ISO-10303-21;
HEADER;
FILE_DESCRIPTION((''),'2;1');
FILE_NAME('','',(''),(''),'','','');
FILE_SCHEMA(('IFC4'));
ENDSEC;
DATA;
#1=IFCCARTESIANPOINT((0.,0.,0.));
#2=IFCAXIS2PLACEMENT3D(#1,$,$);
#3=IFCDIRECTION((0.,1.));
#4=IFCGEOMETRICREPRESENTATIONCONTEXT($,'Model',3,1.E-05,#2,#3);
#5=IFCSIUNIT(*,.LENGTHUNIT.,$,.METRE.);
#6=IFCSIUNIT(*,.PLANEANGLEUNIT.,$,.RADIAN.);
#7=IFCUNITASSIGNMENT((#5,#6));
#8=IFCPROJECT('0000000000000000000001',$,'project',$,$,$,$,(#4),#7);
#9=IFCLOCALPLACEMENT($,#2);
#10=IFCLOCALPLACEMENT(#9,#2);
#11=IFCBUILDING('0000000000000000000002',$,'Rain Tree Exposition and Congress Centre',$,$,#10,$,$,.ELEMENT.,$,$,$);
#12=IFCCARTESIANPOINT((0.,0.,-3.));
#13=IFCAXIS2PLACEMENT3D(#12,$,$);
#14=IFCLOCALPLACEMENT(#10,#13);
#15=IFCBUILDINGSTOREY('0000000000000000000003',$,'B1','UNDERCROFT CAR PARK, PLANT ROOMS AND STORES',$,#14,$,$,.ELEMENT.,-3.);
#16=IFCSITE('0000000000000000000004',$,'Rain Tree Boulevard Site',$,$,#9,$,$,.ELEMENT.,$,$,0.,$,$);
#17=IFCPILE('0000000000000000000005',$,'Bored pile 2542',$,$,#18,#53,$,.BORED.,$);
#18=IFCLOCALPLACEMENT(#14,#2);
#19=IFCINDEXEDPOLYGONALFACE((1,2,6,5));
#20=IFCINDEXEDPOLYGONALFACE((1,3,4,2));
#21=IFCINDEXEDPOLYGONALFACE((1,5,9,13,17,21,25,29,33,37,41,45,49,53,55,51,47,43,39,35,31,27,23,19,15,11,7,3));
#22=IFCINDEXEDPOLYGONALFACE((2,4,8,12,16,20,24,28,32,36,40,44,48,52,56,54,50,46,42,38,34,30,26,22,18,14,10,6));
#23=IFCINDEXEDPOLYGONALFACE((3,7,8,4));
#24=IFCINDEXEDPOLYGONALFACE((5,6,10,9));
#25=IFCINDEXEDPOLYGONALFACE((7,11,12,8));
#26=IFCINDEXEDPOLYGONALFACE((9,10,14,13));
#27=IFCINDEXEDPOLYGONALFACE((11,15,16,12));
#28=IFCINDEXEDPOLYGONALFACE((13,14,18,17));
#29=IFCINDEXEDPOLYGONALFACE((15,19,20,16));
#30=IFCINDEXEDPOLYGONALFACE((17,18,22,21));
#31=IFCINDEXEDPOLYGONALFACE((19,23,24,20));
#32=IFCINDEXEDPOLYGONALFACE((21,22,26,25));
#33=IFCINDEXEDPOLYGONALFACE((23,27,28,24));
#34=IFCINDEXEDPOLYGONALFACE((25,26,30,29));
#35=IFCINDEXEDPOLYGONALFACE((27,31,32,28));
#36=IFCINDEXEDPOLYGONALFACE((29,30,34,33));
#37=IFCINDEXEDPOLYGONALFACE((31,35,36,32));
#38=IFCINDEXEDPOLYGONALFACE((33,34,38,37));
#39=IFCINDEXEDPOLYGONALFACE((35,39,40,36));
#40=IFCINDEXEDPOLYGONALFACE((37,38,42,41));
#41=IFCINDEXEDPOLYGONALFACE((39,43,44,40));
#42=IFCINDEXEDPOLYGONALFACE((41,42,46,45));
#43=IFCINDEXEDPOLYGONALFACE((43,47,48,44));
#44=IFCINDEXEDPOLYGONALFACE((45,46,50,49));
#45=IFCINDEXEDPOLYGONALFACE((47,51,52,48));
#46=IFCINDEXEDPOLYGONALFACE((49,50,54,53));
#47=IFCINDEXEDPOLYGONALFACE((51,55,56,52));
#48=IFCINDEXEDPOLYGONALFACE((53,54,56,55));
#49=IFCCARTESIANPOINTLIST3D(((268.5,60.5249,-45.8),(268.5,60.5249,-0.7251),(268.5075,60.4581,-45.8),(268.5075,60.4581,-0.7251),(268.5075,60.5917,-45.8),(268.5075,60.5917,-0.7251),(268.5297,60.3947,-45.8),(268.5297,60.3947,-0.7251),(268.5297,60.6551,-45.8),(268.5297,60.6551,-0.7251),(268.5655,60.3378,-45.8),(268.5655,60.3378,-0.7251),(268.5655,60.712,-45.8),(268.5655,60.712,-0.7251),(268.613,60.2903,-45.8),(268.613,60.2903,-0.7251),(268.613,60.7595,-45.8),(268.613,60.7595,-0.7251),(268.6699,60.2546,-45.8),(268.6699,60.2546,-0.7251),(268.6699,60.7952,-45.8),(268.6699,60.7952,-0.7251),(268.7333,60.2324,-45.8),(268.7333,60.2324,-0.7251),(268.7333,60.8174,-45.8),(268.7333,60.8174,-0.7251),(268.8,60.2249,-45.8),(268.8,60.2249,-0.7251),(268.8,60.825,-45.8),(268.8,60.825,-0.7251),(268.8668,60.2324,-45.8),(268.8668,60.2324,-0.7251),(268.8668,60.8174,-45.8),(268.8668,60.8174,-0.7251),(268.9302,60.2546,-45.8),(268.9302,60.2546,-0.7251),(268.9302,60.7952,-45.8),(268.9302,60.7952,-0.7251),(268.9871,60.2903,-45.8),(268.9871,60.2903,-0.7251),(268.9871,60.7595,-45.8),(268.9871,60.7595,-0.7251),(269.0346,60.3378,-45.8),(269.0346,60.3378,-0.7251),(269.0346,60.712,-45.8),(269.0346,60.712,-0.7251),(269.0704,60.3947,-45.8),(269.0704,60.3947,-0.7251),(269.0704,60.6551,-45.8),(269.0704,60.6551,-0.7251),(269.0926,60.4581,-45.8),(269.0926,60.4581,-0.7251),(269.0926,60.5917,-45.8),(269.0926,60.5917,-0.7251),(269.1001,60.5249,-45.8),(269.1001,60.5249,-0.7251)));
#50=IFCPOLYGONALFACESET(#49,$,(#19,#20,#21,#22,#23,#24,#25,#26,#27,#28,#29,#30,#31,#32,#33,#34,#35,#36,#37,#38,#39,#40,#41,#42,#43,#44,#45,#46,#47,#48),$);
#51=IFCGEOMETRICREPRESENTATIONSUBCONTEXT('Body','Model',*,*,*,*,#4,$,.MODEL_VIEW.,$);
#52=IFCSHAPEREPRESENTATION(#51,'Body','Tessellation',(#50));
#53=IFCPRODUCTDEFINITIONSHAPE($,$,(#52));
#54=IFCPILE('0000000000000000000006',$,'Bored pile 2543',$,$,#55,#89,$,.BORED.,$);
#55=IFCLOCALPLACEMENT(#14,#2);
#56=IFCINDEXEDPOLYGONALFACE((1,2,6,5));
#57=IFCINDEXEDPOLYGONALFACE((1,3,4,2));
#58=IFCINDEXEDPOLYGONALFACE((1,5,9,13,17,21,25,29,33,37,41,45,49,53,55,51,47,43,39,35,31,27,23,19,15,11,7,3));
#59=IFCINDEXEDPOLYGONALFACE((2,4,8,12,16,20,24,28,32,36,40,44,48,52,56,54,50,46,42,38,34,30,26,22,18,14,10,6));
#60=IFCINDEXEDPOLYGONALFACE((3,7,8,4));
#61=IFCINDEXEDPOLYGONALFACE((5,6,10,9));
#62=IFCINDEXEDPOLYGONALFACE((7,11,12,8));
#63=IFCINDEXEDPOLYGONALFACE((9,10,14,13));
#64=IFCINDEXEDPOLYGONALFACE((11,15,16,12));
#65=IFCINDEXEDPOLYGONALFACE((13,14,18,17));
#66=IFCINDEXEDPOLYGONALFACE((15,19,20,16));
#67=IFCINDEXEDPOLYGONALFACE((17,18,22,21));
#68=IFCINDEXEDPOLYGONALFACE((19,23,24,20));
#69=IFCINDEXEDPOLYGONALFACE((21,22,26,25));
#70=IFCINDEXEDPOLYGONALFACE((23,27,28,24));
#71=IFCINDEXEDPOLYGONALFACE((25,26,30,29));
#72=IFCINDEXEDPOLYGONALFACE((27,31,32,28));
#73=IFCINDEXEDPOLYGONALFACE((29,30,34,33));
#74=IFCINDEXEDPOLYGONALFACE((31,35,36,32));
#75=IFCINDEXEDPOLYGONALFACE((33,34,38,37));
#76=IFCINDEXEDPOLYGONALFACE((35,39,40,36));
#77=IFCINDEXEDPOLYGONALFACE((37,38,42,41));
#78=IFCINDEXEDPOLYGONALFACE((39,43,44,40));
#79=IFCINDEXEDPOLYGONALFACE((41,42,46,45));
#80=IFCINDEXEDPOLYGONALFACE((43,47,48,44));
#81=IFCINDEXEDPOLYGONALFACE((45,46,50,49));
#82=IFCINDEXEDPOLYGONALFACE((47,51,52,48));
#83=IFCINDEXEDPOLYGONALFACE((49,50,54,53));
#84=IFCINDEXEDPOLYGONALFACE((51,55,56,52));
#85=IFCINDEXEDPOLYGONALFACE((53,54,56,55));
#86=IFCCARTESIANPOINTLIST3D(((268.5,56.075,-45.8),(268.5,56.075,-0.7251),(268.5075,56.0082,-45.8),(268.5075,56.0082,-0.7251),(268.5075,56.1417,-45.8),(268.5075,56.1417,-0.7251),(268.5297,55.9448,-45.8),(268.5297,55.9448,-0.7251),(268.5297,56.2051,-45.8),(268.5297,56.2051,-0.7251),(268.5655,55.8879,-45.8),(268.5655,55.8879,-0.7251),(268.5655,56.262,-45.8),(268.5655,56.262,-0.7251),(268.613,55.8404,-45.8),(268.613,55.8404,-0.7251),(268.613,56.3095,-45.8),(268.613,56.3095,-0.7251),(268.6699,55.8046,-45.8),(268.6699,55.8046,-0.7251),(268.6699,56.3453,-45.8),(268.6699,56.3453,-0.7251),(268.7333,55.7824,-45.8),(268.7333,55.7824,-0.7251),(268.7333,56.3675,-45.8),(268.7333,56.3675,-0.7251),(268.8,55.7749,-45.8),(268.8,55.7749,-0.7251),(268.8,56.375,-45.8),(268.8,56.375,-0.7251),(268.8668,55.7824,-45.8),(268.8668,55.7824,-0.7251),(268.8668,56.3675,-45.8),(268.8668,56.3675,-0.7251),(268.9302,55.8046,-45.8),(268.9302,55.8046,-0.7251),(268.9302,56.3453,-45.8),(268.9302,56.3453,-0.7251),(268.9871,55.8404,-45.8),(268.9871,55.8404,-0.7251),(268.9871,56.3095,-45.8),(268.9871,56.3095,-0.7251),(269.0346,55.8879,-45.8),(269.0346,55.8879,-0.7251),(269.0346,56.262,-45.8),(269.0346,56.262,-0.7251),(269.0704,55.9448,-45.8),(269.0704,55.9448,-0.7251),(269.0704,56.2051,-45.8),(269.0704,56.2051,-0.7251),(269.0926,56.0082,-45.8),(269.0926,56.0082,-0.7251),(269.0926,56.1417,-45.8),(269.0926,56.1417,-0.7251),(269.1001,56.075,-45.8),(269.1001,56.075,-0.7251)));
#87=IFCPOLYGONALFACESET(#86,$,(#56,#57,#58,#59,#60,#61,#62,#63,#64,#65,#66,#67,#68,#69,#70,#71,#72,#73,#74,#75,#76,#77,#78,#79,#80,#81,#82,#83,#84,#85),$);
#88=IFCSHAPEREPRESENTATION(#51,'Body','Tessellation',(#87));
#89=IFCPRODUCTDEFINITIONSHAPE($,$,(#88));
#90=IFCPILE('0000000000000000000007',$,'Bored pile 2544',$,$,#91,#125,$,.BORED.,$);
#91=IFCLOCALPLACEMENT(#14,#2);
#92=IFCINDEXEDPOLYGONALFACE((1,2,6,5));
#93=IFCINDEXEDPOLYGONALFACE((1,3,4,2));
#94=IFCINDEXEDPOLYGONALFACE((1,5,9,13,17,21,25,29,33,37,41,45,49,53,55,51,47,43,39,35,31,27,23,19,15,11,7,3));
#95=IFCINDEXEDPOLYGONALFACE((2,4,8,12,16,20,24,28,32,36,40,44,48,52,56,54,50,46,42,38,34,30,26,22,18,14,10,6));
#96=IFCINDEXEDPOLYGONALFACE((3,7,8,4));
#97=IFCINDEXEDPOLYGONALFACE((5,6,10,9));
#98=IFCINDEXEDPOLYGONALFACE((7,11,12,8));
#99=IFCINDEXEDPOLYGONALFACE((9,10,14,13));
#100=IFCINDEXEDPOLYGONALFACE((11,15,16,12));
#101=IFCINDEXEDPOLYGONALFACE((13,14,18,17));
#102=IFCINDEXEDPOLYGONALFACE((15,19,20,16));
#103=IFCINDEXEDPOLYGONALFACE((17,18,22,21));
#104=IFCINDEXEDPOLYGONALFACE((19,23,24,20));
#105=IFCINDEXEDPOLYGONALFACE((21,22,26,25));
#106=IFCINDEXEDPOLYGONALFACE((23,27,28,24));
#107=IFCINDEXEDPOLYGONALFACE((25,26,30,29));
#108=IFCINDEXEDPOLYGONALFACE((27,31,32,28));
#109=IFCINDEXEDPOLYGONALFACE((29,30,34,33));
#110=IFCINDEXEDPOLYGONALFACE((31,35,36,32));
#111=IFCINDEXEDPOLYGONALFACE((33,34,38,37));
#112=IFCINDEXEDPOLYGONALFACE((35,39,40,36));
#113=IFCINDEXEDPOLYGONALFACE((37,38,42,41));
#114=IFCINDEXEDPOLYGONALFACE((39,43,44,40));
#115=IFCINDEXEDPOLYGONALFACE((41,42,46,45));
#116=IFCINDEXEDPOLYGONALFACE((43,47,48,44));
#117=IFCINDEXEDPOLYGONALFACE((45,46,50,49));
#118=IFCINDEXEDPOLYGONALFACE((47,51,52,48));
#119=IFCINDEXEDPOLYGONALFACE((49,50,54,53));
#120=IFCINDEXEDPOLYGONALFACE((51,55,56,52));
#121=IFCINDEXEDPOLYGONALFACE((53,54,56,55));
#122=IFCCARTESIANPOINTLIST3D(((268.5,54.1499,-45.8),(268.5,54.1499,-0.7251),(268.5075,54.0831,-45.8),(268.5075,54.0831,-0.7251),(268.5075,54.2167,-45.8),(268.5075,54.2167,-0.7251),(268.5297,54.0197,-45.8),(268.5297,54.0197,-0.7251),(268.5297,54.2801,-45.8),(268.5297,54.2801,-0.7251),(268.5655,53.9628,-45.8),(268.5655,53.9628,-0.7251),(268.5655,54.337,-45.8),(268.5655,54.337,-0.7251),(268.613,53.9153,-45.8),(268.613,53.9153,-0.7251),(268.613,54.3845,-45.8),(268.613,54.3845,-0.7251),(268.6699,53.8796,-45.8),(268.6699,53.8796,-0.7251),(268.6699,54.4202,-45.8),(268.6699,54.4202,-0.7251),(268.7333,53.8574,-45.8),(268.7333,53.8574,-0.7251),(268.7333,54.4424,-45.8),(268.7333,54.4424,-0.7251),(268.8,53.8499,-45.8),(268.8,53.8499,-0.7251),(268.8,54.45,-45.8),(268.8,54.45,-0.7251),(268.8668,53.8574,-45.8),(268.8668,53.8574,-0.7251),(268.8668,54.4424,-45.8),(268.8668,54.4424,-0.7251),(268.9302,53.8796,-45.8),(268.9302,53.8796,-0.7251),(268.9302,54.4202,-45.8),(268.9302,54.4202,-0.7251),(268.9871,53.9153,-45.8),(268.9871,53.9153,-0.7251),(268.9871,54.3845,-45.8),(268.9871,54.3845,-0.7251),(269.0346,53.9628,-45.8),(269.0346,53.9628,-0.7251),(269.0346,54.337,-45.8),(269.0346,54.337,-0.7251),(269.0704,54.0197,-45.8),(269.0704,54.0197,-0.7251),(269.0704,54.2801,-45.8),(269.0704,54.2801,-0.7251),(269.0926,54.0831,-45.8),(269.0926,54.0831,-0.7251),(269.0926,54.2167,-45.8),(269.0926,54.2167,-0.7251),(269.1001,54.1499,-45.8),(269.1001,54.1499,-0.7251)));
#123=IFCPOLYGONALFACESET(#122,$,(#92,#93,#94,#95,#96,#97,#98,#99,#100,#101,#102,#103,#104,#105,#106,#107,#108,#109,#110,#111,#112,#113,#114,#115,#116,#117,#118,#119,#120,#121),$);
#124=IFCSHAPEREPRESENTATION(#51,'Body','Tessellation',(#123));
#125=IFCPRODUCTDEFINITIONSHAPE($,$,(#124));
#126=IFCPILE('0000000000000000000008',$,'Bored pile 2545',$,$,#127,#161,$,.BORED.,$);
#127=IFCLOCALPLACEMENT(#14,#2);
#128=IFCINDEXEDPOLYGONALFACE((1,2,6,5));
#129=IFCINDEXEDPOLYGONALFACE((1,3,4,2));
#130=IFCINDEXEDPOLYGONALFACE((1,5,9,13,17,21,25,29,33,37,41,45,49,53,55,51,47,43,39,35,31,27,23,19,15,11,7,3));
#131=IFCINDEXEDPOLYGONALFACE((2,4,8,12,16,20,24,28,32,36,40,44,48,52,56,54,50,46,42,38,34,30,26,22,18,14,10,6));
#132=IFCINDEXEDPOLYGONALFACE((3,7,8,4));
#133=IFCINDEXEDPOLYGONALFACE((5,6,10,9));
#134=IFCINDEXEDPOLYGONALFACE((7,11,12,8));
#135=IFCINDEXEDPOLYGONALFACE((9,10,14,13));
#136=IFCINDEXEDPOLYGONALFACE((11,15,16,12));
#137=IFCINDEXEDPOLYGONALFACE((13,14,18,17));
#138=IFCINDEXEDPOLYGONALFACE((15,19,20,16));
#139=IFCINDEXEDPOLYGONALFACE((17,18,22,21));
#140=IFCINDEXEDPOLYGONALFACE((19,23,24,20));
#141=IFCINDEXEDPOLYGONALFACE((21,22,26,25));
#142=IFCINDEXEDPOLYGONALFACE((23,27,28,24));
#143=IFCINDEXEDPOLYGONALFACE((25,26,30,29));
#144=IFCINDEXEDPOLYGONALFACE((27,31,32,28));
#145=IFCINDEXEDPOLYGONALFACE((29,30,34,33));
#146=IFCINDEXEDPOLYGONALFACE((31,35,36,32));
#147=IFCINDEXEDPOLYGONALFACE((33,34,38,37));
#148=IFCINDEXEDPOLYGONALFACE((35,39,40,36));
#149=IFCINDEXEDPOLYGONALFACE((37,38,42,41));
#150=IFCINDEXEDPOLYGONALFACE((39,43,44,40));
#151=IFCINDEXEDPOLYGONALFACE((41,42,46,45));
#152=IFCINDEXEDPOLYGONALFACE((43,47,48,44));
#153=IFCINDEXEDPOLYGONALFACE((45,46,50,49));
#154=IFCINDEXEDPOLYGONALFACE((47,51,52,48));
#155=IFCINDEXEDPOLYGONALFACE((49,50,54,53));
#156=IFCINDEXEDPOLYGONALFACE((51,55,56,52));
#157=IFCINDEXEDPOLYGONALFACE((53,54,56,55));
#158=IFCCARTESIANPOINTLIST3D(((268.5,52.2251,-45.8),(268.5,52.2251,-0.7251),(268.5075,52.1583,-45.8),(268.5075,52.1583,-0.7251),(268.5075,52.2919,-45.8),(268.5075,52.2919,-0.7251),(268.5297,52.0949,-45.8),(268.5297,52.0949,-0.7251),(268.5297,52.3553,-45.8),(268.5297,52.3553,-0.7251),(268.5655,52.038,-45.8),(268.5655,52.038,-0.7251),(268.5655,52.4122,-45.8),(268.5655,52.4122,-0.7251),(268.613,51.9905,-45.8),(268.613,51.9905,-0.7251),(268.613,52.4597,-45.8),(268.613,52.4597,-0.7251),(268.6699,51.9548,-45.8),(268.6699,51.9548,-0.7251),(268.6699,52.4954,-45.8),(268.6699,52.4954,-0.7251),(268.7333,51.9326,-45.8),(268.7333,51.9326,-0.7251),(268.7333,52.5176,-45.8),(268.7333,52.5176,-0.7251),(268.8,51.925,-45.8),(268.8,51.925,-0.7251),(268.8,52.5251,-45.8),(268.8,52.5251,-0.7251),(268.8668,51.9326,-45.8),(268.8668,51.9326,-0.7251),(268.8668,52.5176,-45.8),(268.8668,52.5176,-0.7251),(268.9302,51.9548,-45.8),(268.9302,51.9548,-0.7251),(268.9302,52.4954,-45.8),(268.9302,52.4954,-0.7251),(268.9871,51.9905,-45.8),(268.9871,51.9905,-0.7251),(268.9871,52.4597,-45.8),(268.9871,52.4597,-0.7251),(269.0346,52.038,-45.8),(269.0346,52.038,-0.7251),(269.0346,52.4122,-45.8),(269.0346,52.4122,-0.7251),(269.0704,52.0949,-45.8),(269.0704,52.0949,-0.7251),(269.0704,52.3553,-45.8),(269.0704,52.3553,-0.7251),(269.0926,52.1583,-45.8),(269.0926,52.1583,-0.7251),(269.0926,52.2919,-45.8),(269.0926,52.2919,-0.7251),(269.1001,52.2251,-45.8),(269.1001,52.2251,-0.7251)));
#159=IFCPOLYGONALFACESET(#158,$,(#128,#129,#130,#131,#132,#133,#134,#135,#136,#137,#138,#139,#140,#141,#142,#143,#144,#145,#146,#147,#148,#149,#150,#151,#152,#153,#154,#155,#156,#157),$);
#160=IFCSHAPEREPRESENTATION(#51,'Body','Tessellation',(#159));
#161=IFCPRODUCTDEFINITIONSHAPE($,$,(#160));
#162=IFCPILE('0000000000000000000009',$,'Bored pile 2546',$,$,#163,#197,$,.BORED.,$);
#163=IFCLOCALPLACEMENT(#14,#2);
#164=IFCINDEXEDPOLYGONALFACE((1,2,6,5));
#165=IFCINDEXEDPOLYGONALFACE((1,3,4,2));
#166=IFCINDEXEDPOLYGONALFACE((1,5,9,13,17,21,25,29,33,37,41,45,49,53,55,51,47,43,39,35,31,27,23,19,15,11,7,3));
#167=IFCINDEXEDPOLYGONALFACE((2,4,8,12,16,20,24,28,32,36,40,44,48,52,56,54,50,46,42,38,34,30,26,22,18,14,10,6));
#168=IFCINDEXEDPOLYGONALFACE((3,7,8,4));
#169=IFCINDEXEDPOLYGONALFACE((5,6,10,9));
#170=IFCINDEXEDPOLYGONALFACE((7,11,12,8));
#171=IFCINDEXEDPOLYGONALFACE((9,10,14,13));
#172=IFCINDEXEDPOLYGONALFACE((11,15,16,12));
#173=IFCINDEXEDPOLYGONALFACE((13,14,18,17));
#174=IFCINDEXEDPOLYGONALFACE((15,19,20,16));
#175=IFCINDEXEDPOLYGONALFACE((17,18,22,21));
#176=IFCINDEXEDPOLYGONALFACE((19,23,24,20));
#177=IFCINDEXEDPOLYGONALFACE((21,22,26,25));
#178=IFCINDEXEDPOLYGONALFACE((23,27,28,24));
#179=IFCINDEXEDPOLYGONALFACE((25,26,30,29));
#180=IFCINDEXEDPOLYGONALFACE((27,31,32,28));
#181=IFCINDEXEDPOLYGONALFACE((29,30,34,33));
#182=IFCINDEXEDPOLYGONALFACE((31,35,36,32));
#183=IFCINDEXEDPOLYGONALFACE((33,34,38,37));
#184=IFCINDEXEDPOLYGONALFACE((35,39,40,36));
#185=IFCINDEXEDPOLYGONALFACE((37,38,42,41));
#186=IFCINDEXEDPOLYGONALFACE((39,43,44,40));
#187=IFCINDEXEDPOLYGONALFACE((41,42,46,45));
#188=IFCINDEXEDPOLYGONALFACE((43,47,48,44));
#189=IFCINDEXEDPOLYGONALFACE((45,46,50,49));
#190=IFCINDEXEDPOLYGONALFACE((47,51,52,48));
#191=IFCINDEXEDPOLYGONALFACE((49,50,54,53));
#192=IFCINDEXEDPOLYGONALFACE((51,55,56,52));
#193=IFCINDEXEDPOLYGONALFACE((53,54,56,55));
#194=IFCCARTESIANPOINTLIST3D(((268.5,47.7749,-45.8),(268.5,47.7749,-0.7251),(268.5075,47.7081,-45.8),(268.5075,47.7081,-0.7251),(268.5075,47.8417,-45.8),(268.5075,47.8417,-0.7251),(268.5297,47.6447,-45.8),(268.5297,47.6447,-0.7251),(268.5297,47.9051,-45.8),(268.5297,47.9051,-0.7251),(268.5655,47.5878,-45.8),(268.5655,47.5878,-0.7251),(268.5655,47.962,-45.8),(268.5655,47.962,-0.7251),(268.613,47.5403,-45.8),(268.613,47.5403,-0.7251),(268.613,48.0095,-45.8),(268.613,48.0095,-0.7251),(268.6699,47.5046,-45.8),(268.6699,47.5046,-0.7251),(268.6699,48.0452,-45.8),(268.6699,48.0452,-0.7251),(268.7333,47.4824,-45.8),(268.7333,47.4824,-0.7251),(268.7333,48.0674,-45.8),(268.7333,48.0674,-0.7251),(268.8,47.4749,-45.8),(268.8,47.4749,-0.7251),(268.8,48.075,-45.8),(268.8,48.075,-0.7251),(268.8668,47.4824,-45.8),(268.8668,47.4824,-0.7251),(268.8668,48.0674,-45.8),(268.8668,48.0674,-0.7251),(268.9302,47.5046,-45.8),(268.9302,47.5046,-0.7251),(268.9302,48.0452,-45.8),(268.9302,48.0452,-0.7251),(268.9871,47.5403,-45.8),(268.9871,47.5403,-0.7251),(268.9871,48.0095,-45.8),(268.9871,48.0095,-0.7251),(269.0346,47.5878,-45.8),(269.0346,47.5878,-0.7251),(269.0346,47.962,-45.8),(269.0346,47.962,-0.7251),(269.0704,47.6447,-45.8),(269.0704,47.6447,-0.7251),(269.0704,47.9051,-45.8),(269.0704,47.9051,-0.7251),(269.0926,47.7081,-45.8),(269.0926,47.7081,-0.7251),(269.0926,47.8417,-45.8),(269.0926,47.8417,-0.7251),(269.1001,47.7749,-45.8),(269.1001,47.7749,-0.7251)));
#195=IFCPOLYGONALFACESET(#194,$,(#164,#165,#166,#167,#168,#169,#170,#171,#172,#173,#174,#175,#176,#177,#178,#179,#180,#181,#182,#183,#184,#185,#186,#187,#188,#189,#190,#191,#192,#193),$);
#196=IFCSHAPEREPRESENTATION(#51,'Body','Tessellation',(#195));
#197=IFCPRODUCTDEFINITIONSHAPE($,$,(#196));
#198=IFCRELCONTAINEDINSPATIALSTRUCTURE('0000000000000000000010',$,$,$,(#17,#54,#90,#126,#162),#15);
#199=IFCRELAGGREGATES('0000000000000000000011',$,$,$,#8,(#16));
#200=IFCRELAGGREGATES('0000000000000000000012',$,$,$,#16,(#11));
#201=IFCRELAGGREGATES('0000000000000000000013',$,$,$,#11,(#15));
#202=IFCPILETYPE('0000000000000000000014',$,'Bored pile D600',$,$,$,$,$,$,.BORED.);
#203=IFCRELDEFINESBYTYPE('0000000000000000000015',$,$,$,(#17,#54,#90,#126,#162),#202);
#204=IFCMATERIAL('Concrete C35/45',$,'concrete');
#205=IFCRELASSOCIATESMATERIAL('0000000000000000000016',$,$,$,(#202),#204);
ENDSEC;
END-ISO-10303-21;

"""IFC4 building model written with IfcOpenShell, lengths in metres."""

from ifc_helpers import new_model, si_unit, direction, frame, origin, origin_2d, place, context, subcontext, project, spatial, circle, extrude, material, material_profile, profile_set, type_object, element, save


model = new_model("IFC4")

# Units and contexts
model_context = context("Model", 3, precision=1e-05, world=origin(), true_north=direction((0.0, 1.0)))
body_context = subcontext(model_context, "Body", "Model", "MODEL_VIEW")
ifc_project = project(units=[si_unit("LENGTHUNIT", "METRE"), si_unit("PLANEANGLEUNIT", "RADIAN")], contexts=[model_context])

# Site, building, storey
site_placement = place(None, origin())
site = spatial("IfcSite", under=ifc_project, at=site_placement, Name="Rain Tree Boulevard Site", CompositionType="ELEMENT", RefElevation=0.0)
building_placement = place(site_placement, origin())
building = spatial("IfcBuilding", under=site, at=building_placement, Name="Rain Tree Exposition and Congress Centre", CompositionType="ELEMENT")
storey_placement = place(building_placement, frame((0.0, 0.0, -3.0)))
storey = spatial("IfcBuildingStorey", under=building, at=storey_placement, Name="B1", Description="UNDERCROFT CAR PARK, PLANT ROOMS AND STORES", CompositionType="ELEMENT", Elevation=-3.0)

# Piles
ifc_material_1 = material(Name="Concrete C35/45", Category="concrete")
ifc_material_profile_1 = material_profile(ifc_material_1, circle(Radius=0.3, at=origin_2d()), Name="D600")
ifc_profile_set_1 = profile_set([ifc_material_profile_1], Name="Concrete C35/45")
pile_type_1 = type_object("IfcPileType", Name="Bored pile D600", PredefinedType="BORED", material=ifc_profile_set_1)
for number, where, z_axis, x_axis, name in (
    (1, (268.8, 60.5249, -0.7251), (0.0, 0.0, -1.0), (1.0, 0.0, 0.0), "Bored pile 2542"),
    (2, (268.8, 56.075, -0.7251), (0.0, 0.0, -1.0), (1.0, 0.0, 0.0), "Bored pile 2543"),
    (3, (268.8, 54.1499, -0.7251), (0.0, 0.0, -1.0), (1.0, 0.0, 0.0), "Bored pile 2544"),
    (4, (268.8, 52.2251, -0.7251), (0.0, 0.0, -1.0), (1.0, 0.0, 0.0), "Bored pile 2545"),
    (5, (268.8, 47.7749, -0.7251), (0.0, 0.0, -1.0), (1.0, 0.0, 0.0), "Bored pile 2546"),
):
    element("IfcPile", number, at=place(storey_placement, frame(where, z_axis=z_axis, x_axis=x_axis)), inside=storey, type_object=pile_type_1, Name=name, PredefinedType="BORED", context=body_context, shape_type="SweptSolid", body=[
        extrude(circle(Radius=0.3, at=origin_2d()), origin(), (0.0, 0.0, 1.0), 45.075),
    ])

save(model, "model.ifc")
